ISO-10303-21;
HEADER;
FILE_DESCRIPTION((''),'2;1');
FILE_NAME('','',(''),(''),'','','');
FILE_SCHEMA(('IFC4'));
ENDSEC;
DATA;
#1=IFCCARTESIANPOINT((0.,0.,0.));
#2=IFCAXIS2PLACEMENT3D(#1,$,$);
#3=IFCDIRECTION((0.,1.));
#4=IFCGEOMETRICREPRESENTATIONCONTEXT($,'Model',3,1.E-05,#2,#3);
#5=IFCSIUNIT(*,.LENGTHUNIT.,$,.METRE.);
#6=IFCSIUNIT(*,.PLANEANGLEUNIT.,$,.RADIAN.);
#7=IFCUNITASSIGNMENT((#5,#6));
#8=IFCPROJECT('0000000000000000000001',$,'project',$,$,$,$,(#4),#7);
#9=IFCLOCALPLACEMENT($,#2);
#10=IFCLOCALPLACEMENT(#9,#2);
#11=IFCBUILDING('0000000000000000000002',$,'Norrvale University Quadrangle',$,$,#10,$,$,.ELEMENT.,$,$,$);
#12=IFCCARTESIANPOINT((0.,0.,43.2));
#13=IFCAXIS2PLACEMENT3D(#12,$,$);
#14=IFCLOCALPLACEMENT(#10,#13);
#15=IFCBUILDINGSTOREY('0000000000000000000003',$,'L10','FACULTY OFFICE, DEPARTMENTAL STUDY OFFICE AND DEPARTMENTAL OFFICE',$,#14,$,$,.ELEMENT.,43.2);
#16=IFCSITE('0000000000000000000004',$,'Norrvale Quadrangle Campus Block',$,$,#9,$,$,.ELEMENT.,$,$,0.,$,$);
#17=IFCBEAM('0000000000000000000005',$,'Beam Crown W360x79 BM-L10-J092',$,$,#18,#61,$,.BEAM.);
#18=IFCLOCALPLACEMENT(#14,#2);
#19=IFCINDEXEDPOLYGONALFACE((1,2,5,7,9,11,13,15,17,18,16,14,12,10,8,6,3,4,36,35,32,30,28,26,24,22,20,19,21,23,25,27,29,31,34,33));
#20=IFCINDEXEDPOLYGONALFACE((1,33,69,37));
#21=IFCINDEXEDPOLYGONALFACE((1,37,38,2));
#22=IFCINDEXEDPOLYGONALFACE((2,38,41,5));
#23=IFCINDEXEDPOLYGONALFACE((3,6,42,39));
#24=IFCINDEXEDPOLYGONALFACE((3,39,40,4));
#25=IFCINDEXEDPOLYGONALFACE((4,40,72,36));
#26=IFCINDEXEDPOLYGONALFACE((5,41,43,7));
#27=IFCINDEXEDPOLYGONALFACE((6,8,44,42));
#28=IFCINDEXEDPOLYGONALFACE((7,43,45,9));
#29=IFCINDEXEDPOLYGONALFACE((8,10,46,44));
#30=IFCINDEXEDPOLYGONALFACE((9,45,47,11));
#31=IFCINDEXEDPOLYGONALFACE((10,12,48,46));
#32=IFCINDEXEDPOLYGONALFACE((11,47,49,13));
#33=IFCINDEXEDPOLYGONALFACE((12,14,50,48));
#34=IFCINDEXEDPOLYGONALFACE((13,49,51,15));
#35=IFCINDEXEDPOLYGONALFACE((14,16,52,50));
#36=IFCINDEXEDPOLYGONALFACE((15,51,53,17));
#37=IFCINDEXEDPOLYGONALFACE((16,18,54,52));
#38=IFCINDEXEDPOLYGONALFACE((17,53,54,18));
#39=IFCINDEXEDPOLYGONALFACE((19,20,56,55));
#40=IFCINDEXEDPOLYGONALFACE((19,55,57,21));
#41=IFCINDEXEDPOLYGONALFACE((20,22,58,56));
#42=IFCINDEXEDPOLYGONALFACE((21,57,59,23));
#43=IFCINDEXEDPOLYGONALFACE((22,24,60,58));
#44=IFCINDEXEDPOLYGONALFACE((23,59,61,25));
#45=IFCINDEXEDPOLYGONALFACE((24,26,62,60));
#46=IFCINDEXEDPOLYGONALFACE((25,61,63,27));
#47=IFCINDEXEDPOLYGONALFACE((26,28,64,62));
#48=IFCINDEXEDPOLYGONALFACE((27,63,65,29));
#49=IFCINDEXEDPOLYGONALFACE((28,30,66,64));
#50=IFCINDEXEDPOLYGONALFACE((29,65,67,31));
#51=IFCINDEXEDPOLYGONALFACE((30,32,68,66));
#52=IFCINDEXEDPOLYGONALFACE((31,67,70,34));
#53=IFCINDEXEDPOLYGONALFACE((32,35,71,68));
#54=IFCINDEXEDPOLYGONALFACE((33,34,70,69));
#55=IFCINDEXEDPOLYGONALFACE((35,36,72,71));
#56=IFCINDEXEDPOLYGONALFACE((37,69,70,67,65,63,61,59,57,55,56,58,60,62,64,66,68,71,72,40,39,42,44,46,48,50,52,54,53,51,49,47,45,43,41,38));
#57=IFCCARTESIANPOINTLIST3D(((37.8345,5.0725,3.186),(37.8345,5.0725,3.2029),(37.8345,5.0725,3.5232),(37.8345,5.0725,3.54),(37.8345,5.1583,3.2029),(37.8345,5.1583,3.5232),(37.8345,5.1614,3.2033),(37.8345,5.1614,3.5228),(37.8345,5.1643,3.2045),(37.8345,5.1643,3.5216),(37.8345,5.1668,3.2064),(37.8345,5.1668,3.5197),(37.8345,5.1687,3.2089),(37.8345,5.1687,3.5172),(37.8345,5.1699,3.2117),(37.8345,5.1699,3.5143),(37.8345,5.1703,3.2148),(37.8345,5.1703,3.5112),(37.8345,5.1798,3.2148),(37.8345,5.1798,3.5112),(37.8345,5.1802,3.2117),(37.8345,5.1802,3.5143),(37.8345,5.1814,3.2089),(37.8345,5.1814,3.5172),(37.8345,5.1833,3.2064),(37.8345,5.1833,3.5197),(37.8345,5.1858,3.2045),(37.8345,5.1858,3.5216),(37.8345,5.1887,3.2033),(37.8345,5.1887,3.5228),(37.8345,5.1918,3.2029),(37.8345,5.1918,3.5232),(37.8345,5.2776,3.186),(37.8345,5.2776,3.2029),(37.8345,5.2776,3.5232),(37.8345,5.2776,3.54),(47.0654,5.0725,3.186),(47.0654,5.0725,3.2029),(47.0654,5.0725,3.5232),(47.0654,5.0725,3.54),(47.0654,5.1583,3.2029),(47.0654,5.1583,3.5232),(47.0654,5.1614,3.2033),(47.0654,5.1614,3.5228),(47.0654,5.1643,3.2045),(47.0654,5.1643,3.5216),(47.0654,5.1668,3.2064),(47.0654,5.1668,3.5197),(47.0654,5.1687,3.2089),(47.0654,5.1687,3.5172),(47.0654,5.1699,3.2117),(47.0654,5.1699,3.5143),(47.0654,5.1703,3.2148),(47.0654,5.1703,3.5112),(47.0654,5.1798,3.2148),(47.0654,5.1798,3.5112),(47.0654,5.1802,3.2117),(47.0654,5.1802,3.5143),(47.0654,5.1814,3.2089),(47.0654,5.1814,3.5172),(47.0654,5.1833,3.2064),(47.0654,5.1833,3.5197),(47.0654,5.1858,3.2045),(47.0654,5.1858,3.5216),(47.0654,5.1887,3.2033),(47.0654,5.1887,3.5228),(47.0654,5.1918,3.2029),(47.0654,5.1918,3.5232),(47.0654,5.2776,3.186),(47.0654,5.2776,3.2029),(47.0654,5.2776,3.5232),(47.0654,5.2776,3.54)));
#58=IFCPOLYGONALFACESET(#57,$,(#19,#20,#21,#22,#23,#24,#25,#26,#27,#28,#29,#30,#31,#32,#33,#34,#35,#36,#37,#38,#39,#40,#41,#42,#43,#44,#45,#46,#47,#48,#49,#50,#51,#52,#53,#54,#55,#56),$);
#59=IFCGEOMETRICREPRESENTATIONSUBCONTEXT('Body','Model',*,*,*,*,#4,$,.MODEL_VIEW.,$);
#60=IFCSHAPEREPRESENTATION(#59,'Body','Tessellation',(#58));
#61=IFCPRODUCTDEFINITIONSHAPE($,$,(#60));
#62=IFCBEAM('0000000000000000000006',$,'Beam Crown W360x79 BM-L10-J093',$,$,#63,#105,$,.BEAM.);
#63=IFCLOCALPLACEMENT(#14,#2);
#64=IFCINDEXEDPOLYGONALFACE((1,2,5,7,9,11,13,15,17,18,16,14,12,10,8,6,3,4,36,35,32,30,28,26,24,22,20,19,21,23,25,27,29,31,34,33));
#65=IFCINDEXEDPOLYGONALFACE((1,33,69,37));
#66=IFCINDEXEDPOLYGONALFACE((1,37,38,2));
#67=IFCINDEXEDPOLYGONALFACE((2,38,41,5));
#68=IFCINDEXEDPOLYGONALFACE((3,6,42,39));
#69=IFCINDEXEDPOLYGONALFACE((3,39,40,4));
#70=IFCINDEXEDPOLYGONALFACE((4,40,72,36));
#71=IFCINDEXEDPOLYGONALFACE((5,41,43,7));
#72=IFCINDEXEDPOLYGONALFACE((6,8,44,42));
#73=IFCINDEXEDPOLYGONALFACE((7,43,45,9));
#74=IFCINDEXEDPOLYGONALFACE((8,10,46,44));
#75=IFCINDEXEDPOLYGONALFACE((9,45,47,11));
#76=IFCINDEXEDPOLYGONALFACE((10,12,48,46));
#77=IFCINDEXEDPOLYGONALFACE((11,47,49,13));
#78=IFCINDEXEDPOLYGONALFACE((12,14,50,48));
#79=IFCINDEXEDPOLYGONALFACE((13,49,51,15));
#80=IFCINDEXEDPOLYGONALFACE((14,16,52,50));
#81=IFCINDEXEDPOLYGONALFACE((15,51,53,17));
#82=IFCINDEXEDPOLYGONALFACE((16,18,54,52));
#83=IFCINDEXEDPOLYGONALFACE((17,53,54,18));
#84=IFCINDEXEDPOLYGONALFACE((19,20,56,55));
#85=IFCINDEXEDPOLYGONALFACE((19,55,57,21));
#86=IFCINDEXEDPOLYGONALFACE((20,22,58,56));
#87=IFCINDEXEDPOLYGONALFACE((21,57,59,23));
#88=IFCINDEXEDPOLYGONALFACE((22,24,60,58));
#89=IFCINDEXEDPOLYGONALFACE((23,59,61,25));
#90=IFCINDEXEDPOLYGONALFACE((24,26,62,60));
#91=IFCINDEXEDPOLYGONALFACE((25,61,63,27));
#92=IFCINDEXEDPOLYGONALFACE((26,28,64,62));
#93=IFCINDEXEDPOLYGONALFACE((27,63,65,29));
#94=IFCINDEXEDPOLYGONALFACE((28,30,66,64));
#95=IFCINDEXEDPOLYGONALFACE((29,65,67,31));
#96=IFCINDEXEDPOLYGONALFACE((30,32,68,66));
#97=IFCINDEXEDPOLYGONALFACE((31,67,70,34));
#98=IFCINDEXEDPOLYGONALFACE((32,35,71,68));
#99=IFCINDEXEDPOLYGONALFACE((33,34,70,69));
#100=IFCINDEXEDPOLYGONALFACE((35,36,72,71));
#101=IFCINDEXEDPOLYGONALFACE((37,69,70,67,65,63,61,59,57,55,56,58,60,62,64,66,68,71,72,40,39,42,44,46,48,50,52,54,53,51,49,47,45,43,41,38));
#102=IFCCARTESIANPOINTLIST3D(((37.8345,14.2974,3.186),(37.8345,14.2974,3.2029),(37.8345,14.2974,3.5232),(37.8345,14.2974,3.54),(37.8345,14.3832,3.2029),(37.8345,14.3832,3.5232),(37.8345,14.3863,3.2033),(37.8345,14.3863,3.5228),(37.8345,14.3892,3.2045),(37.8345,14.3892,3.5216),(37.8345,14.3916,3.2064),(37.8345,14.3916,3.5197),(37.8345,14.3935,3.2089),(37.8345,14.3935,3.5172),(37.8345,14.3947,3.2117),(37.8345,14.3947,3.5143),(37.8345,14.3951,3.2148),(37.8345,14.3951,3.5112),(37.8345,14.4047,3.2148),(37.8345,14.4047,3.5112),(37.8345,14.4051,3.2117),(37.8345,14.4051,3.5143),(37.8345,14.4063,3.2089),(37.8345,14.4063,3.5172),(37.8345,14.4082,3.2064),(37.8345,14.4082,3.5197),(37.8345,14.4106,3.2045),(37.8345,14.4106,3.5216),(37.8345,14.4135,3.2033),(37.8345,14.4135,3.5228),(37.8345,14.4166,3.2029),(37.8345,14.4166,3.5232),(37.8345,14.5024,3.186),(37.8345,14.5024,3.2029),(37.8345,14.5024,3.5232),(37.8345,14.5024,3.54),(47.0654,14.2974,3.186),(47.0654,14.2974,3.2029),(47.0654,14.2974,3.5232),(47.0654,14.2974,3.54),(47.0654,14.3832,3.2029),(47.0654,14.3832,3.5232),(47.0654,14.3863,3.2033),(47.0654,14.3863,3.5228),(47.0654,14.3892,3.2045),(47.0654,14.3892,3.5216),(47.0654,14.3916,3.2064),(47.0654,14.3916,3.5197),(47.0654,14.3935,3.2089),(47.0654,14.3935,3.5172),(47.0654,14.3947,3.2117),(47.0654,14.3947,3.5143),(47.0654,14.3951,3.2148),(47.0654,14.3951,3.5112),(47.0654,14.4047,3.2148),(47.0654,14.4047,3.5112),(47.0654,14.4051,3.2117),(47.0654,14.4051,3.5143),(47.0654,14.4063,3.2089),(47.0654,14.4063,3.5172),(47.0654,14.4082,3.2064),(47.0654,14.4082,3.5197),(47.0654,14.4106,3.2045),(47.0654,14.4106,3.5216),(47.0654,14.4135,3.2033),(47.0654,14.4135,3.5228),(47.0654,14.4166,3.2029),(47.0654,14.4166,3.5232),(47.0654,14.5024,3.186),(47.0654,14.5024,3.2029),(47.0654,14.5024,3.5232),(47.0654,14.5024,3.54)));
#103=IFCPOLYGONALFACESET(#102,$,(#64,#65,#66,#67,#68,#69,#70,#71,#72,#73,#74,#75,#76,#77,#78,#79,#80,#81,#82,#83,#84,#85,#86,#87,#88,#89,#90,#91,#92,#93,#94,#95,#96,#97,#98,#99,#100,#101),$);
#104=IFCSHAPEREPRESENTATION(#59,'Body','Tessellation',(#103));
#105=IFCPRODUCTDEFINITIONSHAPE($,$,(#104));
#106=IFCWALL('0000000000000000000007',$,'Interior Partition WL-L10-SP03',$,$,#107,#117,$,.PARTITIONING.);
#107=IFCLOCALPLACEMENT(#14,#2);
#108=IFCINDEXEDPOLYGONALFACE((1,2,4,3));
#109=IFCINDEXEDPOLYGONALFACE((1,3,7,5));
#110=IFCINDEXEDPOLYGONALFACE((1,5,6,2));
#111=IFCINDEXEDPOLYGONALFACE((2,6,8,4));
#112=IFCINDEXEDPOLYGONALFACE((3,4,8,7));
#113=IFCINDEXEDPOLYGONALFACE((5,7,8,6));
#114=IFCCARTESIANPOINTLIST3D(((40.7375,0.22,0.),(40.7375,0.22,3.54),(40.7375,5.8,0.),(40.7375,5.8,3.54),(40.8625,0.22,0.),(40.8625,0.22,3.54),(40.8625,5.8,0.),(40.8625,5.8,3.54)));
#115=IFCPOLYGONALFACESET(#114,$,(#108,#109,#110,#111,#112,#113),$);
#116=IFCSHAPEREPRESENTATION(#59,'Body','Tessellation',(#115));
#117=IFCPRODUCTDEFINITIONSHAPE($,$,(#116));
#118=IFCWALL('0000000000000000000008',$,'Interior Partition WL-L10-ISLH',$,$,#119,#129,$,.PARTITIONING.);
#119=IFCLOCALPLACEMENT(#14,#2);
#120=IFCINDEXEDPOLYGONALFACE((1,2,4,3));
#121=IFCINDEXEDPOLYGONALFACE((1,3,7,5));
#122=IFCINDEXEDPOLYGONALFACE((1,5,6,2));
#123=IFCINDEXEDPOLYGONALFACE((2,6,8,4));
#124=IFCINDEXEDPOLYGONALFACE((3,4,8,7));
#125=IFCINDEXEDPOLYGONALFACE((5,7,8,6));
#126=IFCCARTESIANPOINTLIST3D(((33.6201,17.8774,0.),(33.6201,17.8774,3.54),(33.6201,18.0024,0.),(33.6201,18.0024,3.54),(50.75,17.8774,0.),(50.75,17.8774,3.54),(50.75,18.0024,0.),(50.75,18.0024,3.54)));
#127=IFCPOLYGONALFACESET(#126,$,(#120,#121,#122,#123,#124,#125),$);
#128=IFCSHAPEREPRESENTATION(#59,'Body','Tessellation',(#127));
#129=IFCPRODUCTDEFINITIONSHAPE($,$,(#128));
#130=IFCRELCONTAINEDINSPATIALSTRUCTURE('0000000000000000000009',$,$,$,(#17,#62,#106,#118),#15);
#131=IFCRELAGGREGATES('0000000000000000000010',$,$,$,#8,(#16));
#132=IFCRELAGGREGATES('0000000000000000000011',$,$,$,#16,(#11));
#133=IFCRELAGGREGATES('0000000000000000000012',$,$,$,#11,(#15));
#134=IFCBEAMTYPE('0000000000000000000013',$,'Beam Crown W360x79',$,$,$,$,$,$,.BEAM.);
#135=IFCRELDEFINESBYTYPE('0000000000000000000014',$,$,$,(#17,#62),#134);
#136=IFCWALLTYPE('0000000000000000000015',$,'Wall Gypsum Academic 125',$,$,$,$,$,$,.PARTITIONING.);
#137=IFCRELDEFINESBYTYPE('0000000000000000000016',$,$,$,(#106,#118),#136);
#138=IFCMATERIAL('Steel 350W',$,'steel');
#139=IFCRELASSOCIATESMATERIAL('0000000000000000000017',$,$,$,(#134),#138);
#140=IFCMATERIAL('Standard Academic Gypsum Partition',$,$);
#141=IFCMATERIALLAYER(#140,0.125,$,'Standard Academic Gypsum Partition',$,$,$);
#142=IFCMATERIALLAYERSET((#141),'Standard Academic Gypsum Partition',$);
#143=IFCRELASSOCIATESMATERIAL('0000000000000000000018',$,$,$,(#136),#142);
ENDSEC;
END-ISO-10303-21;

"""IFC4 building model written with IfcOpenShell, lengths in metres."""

from ifc_helpers import new_model, si_unit, direction, frame, frame_2d, origin, origin_2d, place, context, subcontext, project, spatial, rectangle, i_section, extrude, material, layer, layer_set, material_profile, profile_set, type_object, element, save


model = new_model("IFC4")

# Units and contexts
model_context = context("Model", 3, precision=1e-05, world=origin(), true_north=direction((0.0, 1.0)))
body_context = subcontext(model_context, "Body", "Model", "MODEL_VIEW")
ifc_project = project(units=[si_unit("LENGTHUNIT", "METRE"), si_unit("PLANEANGLEUNIT", "RADIAN")], contexts=[model_context])

# Site, building, storey
site_placement = place(None, origin())
site = spatial("IfcSite", under=ifc_project, at=site_placement, Name="Norrvale Quadrangle Campus Block", CompositionType="ELEMENT", RefElevation=0.0)
building_placement = place(site_placement, origin())
building = spatial("IfcBuilding", under=site, at=building_placement, Name="Norrvale University Quadrangle", CompositionType="ELEMENT")
storey_placement = place(building_placement, frame((0.0, 0.0, 43.2)))
storey = spatial("IfcBuildingStorey", under=building, at=storey_placement, Name="L10", Description="FACULTY OFFICE, DEPARTMENTAL STUDY OFFICE AND DEPARTMENTAL OFFICE", CompositionType="ELEMENT", Elevation=43.2)

# Beams
ifc_material_1 = material(Name="Steel 350W", Category="steel")
ifc_material_profile_1 = material_profile(ifc_material_1, i_section(OverallWidth=0.2051, OverallDepth=0.354, WebThickness=0.0095, FlangeThickness=0.0168, FilletRadius=0.012, at=origin_2d()), Name="Steel 350W")
ifc_profile_set_1 = profile_set([ifc_material_profile_1], Name="Steel 350W")
beam_type_1 = type_object("IfcBeamType", Name="Beam Crown W360x79", PredefinedType="BEAM", material=ifc_profile_set_1)
for number, where, z_axis, x_axis, name in (
    (1, (37.8345, 5.175, 3.363), (1.0, 0.0, 0.0), (0.0, 1.0, 0.0), "Beam Crown W360x79 BM-L10-J092"),
    (2, (37.8345, 14.3999, 3.363), (1.0, 0.0, 0.0), (0.0, 1.0, 0.0), "Beam Crown W360x79 BM-L10-J093"),
):
    element("IfcBeam", number, at=place(storey_placement, frame(where, z_axis=z_axis, x_axis=x_axis)), inside=storey, type_object=beam_type_1, Name=name, PredefinedType="BEAM", context=body_context, shape_type="SweptSolid", body=[
        extrude(i_section(OverallWidth=0.2051, OverallDepth=0.354, WebThickness=0.0095, FlangeThickness=0.0168, FilletRadius=0.012, at=origin_2d()), origin(), (0.0, 0.0, 1.0), 9.231),
    ])

# Walls
ifc_material_2 = material(Name="Standard Academic Gypsum Partition")
ifc_layer = layer(ifc_material_2, 0.125, Name="Standard Academic Gypsum Partition")
ifc_layer_set = layer_set([ifc_layer], Name="Standard Academic Gypsum Partition")
wall_type = type_object("IfcWallType", Name="Wall Gypsum Academic 125", PredefinedType="PARTITIONING", material=ifc_layer_set)
wall_1_placement = place(storey_placement, frame((40.8, 0.22, 0.0), z_axis=(0.0, 0.0, 1.0), x_axis=(0.0, 1.0, 0.0)))
element("IfcWall", 3, at=wall_1_placement, inside=storey, type_object=wall_type, Name="Interior Partition WL-L10-SP03", PredefinedType="PARTITIONING", context=body_context, shape_type="SweptSolid", body=[
    extrude(rectangle(XDim=5.5801, YDim=0.125, at=frame_2d((2.79, 0.0))), origin(), (0.0, 0.0, 1.0), 3.54),
])
wall_2_placement = place(storey_placement, frame((33.6201, 17.9399, 0.0), z_axis=(0.0, 0.0, 1.0), x_axis=(1.0, 0.0, 0.0)))
element("IfcWall", 4, at=wall_2_placement, inside=storey, type_object=wall_type, Name="Interior Partition WL-L10-ISLH", PredefinedType="PARTITIONING", context=body_context, shape_type="SweptSolid", body=[
    extrude(rectangle(XDim=17.1299, YDim=0.125, at=frame_2d((8.5649, 0.0))), origin(), (0.0, 0.0, 1.0), 3.54),
])

save(model, "model.ifc")
